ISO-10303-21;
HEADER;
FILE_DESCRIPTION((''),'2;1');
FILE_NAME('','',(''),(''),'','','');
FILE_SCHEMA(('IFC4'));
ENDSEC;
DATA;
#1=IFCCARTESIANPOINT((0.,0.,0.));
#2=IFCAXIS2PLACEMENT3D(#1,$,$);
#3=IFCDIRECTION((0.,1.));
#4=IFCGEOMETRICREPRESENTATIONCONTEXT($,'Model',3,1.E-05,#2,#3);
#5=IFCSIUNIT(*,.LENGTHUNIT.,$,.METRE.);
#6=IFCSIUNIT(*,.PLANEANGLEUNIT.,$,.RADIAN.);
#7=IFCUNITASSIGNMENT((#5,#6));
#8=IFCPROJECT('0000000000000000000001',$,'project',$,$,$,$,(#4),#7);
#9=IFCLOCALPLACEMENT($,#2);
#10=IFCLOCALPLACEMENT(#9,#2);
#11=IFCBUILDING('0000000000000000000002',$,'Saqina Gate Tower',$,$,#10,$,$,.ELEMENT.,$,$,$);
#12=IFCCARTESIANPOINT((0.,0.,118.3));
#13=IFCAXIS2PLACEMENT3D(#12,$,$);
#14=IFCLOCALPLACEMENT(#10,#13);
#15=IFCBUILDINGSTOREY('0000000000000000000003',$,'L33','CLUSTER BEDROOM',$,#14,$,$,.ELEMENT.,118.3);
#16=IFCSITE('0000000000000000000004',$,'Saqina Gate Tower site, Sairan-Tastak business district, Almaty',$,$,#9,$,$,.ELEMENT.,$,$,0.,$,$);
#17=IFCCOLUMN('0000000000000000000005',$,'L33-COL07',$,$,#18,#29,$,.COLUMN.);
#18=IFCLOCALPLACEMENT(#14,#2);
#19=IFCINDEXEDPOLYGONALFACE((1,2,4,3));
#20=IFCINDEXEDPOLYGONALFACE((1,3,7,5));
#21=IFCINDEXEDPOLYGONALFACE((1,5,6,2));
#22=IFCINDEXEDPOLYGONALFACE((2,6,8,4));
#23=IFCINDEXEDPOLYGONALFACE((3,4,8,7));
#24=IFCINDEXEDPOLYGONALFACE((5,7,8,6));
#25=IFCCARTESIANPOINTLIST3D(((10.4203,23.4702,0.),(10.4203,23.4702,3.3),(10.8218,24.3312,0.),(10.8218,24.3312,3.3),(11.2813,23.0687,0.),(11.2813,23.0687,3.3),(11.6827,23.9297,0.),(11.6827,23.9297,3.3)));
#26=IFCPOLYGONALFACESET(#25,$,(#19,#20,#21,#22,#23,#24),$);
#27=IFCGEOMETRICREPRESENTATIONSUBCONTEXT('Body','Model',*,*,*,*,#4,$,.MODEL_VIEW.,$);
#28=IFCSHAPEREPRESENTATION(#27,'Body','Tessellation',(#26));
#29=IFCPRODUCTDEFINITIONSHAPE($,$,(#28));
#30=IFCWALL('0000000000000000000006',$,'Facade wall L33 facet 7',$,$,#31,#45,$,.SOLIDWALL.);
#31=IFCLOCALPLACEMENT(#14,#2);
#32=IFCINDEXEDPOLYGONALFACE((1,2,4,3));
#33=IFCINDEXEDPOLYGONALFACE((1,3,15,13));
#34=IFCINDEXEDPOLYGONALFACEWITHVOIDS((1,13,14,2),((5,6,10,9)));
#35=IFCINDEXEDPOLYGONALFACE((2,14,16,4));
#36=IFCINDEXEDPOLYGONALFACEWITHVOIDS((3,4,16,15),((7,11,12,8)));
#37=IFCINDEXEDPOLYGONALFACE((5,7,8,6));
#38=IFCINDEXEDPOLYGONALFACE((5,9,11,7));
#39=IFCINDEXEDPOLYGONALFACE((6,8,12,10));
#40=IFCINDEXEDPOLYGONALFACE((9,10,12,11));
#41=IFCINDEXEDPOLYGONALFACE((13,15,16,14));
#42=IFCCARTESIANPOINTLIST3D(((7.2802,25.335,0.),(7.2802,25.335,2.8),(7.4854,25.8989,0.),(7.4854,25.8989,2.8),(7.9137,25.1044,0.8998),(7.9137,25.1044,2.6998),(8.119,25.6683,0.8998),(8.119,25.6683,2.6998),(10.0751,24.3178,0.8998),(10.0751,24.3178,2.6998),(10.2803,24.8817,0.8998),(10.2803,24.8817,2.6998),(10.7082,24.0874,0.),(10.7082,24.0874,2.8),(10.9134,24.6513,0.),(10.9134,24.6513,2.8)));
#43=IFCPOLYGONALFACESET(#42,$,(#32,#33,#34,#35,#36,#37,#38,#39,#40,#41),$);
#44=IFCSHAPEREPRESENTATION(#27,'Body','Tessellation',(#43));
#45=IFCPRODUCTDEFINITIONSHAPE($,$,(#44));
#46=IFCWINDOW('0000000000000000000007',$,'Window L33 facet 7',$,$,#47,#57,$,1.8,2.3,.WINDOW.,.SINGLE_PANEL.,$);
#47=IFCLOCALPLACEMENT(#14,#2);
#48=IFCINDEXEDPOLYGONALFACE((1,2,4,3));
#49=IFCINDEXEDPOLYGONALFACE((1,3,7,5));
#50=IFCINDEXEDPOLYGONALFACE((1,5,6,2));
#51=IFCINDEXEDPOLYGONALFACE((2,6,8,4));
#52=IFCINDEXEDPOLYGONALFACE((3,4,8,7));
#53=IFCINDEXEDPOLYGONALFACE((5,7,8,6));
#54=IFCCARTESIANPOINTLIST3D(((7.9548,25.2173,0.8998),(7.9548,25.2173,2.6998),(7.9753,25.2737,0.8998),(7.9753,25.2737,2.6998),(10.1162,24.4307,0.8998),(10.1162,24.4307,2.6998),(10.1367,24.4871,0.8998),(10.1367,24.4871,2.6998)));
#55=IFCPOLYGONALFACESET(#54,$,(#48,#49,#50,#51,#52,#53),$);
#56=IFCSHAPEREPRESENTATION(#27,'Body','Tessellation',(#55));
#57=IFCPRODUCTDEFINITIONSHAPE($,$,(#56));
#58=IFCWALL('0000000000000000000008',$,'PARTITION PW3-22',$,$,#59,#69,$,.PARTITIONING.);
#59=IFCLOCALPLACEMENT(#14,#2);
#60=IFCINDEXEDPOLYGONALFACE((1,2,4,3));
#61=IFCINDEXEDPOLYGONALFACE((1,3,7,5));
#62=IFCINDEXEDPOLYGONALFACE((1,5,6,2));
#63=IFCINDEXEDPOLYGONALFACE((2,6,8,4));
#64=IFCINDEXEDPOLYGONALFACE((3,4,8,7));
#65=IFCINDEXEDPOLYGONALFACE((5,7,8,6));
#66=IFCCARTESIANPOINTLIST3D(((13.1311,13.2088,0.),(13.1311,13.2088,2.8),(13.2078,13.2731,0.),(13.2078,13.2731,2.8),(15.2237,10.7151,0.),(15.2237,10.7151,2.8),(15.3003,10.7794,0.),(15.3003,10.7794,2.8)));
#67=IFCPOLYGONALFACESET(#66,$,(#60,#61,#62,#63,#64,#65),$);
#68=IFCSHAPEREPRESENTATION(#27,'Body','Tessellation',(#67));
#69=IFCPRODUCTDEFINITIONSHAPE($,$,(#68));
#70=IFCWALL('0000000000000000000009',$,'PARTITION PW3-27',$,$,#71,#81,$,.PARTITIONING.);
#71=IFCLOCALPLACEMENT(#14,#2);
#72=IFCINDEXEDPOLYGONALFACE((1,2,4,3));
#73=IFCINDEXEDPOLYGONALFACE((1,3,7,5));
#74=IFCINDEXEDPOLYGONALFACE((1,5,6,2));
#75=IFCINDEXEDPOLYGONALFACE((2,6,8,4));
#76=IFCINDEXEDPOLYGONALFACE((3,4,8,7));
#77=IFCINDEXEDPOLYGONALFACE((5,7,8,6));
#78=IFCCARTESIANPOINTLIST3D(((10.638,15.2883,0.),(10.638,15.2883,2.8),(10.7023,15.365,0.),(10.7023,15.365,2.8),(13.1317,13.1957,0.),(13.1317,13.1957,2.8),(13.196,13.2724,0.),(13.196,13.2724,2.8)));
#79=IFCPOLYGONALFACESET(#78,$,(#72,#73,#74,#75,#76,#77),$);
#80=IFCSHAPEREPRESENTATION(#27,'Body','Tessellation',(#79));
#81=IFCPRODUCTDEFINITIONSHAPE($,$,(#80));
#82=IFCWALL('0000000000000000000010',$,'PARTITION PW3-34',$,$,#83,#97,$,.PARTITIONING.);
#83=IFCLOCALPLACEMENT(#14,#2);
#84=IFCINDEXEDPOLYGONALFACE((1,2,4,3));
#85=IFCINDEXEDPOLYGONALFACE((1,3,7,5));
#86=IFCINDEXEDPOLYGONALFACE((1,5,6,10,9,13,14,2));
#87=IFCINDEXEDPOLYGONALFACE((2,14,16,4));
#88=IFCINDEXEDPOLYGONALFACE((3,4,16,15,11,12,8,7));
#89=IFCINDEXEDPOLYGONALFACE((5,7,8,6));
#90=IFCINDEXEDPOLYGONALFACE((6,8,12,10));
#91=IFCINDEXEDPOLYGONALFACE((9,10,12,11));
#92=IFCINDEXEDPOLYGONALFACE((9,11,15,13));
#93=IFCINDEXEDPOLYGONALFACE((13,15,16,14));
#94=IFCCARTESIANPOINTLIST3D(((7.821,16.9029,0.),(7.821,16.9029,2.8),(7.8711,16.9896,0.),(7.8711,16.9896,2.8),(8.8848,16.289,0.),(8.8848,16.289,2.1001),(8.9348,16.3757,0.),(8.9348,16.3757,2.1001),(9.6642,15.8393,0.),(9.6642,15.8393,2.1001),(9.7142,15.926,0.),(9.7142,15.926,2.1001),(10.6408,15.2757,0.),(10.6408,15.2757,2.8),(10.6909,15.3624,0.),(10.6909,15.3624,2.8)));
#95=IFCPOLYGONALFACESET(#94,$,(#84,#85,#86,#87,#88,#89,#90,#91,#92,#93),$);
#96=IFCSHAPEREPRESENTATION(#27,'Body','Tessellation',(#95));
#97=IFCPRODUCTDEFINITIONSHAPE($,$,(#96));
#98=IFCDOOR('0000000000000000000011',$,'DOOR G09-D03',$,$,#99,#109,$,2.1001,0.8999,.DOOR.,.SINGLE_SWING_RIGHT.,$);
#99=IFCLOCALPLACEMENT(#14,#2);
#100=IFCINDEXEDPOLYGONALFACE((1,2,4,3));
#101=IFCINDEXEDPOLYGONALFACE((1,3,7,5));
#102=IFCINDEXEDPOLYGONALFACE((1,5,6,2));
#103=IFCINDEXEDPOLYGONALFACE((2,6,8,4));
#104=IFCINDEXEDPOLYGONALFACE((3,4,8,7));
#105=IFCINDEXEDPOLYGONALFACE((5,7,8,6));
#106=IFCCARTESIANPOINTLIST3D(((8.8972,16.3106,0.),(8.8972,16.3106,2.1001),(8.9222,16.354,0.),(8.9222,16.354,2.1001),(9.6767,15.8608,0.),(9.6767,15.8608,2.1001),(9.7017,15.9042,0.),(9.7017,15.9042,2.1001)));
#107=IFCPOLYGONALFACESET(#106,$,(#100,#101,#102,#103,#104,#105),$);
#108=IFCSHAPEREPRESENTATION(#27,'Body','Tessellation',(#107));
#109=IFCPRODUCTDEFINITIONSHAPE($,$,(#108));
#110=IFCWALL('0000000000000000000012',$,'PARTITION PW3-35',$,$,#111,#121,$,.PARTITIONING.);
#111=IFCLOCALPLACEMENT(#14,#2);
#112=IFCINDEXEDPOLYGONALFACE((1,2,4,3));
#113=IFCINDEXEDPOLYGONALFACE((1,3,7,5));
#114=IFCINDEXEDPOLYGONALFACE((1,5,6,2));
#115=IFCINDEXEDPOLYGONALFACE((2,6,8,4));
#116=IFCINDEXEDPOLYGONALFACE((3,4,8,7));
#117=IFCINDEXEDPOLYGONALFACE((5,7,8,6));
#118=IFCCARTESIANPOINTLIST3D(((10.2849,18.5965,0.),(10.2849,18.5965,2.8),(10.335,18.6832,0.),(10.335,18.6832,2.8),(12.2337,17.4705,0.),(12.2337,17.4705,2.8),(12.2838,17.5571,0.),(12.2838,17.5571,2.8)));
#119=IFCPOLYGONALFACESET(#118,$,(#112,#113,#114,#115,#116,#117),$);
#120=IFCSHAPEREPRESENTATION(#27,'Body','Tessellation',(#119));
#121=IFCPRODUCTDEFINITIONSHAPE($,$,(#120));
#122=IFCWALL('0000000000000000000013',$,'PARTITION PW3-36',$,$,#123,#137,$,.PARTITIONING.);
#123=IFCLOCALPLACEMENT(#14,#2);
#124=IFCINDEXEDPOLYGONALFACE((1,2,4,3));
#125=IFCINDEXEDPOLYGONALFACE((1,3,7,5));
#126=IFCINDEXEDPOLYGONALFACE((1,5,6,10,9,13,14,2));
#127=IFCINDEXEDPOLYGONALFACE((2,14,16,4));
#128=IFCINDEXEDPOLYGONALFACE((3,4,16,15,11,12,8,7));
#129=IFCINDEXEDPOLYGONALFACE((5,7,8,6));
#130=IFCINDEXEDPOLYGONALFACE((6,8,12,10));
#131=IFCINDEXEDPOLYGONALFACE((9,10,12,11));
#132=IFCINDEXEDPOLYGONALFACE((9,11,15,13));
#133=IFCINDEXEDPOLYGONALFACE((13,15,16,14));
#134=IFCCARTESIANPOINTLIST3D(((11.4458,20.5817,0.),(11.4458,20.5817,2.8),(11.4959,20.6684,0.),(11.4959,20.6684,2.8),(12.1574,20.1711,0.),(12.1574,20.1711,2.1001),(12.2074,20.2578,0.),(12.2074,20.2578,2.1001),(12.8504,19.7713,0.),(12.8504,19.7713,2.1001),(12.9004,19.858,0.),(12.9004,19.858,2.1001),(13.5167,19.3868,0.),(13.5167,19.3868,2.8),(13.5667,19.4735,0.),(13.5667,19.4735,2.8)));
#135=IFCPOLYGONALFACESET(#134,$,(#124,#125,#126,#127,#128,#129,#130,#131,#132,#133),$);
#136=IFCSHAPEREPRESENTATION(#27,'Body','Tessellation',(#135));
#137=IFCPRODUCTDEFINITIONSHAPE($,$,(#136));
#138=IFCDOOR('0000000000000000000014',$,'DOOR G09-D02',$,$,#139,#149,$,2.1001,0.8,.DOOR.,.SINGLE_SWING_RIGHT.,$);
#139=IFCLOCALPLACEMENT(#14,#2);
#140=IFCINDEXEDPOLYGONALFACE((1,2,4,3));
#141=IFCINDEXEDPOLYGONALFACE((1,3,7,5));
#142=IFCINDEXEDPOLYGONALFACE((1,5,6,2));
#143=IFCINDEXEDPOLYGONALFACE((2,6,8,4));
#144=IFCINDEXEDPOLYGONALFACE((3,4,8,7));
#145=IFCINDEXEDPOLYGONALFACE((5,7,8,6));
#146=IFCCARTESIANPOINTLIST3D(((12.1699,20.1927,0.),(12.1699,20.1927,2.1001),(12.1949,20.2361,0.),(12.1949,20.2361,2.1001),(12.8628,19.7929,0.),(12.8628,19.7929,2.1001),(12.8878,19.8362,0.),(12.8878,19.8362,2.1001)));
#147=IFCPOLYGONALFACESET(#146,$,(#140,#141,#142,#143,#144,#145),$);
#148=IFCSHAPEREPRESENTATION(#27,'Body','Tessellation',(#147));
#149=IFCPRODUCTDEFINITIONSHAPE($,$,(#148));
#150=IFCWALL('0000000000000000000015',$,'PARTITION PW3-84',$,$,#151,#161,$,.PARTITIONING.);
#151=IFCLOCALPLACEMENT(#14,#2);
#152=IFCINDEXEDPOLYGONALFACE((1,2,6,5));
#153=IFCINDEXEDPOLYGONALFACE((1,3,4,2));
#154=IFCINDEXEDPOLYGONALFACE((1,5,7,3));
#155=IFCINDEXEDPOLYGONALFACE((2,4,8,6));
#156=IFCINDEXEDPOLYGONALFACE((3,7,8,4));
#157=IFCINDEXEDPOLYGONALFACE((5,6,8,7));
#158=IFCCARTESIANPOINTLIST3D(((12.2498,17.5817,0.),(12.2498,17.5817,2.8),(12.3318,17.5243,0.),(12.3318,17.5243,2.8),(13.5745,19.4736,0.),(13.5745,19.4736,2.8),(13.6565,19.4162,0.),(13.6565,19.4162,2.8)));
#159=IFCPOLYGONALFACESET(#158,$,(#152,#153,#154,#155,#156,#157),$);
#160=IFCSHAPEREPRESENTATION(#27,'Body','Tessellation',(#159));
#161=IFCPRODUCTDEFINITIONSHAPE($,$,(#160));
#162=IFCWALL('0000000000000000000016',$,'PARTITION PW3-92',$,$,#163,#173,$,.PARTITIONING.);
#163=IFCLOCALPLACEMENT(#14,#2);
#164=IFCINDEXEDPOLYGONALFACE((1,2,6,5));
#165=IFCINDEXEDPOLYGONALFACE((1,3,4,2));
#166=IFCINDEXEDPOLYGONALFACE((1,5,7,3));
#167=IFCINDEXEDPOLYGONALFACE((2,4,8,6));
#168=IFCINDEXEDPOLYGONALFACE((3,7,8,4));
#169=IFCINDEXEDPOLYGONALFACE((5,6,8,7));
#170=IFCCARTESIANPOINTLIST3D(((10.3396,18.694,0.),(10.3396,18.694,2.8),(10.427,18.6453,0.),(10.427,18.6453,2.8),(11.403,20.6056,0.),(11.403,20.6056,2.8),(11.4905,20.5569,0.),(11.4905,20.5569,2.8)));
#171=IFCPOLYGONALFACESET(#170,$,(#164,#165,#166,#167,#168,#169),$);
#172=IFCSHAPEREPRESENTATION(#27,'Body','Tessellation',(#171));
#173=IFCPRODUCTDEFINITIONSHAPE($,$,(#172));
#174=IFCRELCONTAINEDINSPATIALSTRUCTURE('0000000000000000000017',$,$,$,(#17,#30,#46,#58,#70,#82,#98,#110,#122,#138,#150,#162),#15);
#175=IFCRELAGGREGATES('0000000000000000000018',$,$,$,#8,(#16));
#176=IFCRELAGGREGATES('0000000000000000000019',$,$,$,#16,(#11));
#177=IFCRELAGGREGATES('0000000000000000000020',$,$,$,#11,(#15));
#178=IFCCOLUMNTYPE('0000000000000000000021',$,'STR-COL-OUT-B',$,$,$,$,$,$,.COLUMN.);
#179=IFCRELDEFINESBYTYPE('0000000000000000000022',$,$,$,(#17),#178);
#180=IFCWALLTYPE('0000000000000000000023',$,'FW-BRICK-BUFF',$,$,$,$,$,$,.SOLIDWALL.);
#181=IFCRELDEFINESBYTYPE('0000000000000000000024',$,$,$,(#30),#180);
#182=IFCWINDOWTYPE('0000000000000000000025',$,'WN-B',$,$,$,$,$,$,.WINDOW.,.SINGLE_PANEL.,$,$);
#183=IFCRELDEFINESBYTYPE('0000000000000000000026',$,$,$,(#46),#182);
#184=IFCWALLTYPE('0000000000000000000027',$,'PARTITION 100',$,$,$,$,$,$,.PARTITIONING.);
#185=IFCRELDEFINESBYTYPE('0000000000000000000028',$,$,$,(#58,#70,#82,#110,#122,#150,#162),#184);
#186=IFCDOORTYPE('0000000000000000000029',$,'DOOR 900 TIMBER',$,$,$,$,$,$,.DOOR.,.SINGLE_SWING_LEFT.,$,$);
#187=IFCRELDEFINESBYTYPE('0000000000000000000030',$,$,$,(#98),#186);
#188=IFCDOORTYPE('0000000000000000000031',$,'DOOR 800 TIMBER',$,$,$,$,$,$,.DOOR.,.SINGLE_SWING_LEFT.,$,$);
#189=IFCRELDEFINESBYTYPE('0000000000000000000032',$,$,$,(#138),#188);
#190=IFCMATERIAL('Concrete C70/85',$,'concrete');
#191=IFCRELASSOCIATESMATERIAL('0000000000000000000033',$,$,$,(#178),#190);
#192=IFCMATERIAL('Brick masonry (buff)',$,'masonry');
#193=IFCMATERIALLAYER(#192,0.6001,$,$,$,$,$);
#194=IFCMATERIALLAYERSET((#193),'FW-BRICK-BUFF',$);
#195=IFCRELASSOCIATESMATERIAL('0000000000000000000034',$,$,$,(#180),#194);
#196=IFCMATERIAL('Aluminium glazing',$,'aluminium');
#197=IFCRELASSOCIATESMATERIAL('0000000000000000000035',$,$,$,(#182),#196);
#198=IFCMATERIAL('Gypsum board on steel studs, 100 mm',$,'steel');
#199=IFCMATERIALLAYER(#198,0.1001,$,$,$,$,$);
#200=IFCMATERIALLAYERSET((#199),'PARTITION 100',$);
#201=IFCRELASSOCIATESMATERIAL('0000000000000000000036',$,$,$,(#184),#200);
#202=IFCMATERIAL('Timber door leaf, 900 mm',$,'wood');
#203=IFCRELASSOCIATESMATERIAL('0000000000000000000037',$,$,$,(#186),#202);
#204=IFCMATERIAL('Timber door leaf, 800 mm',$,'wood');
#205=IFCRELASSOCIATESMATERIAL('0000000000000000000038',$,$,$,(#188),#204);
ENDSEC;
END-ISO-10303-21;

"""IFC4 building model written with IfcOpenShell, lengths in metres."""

from ifc_helpers import new_model, si_unit, direction, frame, frame_2d, origin, origin_2d, place, context, subcontext, project, spatial, rectangle, extrude, material, layer, layer_set, material_profile, profile_set, type_object, element, fill, save


model = new_model("IFC4")

# Units and contexts
model_context = context("Model", 3, precision=1e-05, world=origin(), true_north=direction((0.0, 1.0)))
body_context = subcontext(model_context, "Body", "Model", "MODEL_VIEW")
ifc_project = project(units=[si_unit("LENGTHUNIT", "METRE"), si_unit("PLANEANGLEUNIT", "RADIAN")], contexts=[model_context])

# Site, building, storey
site_placement = place(None, origin())
site = spatial("IfcSite", under=ifc_project, at=site_placement, Name="Saqina Gate Tower site, Sairan-Tastak business district, Almaty", CompositionType="ELEMENT", RefElevation=0.0)
building_placement = place(site_placement, origin())
building = spatial("IfcBuilding", under=site, at=building_placement, Name="Saqina Gate Tower", CompositionType="ELEMENT")
storey_placement = place(building_placement, frame((0.0, 0.0, 118.3)))
storey = spatial("IfcBuildingStorey", under=building, at=storey_placement, Name="L33", Description="CLUSTER BEDROOM", CompositionType="ELEMENT", Elevation=118.3)

# Column
ifc_material_1 = material(Name="Concrete C70/85", Category="concrete")
ifc_material_profile = material_profile(ifc_material_1, rectangle(XDim=0.95, YDim=0.95, at=origin_2d()), Name="RC 950x950")
ifc_profile_set = profile_set([ifc_material_profile], Name="Concrete C70/85")
column_type = type_object("IfcColumnType", Name="STR-COL-OUT-B", PredefinedType="COLUMN", material=ifc_profile_set)
column_placement = place(storey_placement, frame((11.0515, 23.7, 0.0), z_axis=(0.0, 0.0, 1.0), x_axis=(0.422618, 0.906308, 0.0)))
element("IfcColumn", 1, at=column_placement, inside=storey, type_object=column_type, Name="L33-COL07", PredefinedType="COLUMN", context=body_context, shape_type="SweptSolid", body=[
    extrude(rectangle(XDim=0.95, YDim=0.95, at=origin_2d()), origin(), (0.0, 0.0, 1.0), 3.3),
])

# Wall, opening, window
ifc_material_2 = material(Name="Brick masonry (buff)", Category="masonry")
ifc_layer_1 = layer(ifc_material_2, 0.6001)
ifc_layer_set_1 = layer_set([ifc_layer_1], Name="FW-BRICK-BUFF")
wall_type_1 = type_object("IfcWallType", Name="FW-BRICK-BUFF", PredefinedType="SOLIDWALL", material=ifc_layer_set_1)
wall_1_placement = place(storey_placement, frame((10.8108, 24.3694, 0.0), z_axis=(0.0, 0.0, 1.0), x_axis=(-0.939704, 0.34199, 0.0)))
wall_1 = element("IfcWall", 2, at=wall_1_placement, inside=storey, type_object=wall_type_1, Name="Facade wall L33 facet 7", PredefinedType="SOLIDWALL", context=body_context, shape_type="SweptSolid", body=[
    extrude(rectangle(XDim=3.6479, YDim=0.6001, at=frame_2d((1.824, 0.0))), origin(), (0.0, 0.0, 1.0), 2.8),
])
opening_1_placement = place(wall_1_placement, frame((0.6738, 0.0, 0.8999)))
opening_1 = element("IfcOpeningElement", 3, at=opening_1_placement, cuts=wall_1, PredefinedType="OPENING", context=body_context, shape_type="SweptSolid", body=[
    extrude(rectangle(XDim=2.3, YDim=1.8, at=frame_2d((1.1499, 0.8999))), frame((0.0, 0.312, 0.0), z_axis=(0.0, -1.0, 0.0), x_axis=(1.0, 0.0, 0.0)), (0.0, 0.0, 1.0), 0.624),
])
ifc_material_3 = material(Name="Aluminium glazing", Category="aluminium")
window_type = type_object("IfcWindowType", Name="WN-B", PartitioningType="SINGLE_PANEL", PredefinedType="WINDOW", material=ifc_material_3)
window_placement = place(opening_1_placement, origin())
window = element("IfcWindow", 4, at=window_placement, inside=storey, type_object=window_type, Name="Window L33 facet 7", OverallHeight=1.8, OverallWidth=2.3, PartitioningType="SINGLE_PANEL", PredefinedType="WINDOW", context=body_context, shape_type="SweptSolid", body=[
    extrude(rectangle(XDim=2.3, YDim=1.8, at=frame_2d((1.1499, 0.8999))), frame((0.0, 0.1799, 0.0), z_axis=(0.0, -1.0, 0.0), x_axis=(1.0, 0.0, 0.0)), (0.0, 0.0, 1.0), 0.0601),
])
fill(opening_1, window)

# Walls
ifc_material_4 = material(Name="Gypsum board on steel studs, 100 mm", Category="steel")
ifc_layer_2 = layer(ifc_material_4, 0.1001)
ifc_layer_set_2 = layer_set([ifc_layer_2], Name="PARTITION 100")
wall_type_2 = type_object("IfcWallType", Name="PARTITION 100", PredefinedType="PARTITIONING", material=ifc_layer_set_2)
for number, where, z_axis, x_axis, name in (
    (5, (13.1694, 13.241, 0.0), (0.0, 0.0, 1.0), (0.642807, -0.766028, 0.0), "PARTITION PW3-22"),
    (6, (10.6702, 15.3267, 0.0), (0.0, 0.0, 1.0), (0.766028, -0.642807, 0.0), "PARTITION PW3-27"),
):
    element("IfcWall", number, at=place(storey_placement, frame(where, z_axis=z_axis, x_axis=x_axis)), inside=storey, type_object=wall_type_2, Name=name, PredefinedType="PARTITIONING", context=body_context, shape_type="SweptSolid", body=[
        extrude(rectangle(XDim=3.2554, YDim=0.1001, at=frame_2d((1.6277, 0.0))), origin(), (0.0, 0.0, 1.0), 2.8),
    ])

# Wall, opening, door
wall_2_placement = place(storey_placement, frame((7.8459, 16.9463, 0.0), z_axis=(0.0, 0.0, 1.0), x_axis=(0.866136, -0.499809, 0.0)))
wall_2 = element("IfcWall", 7, at=wall_2_placement, inside=storey, type_object=wall_type_2, Name="PARTITION PW3-34", PredefinedType="PARTITIONING", context=body_context, shape_type="SweptSolid", body=[
    extrude(rectangle(XDim=3.2556, YDim=0.1001, at=frame_2d((1.6279, 0.0))), origin(), (0.0, 0.0, 1.0), 2.8),
])
opening_2_placement = place(wall_2_placement, frame((1.2283, 0.0, 0.0)))
opening_2 = element("IfcOpeningElement", 8, at=opening_2_placement, cuts=wall_2, PredefinedType="OPENING", context=body_context, shape_type="SweptSolid", body=[
    extrude(rectangle(XDim=0.8999, YDim=2.1001, at=frame_2d((0.45, 1.05))), frame((0.0, 0.062, 0.0), z_axis=(0.0, -1.0, 0.0), x_axis=(1.0, 0.0, 0.0)), (0.0, 0.0, 1.0), 0.124),
])
ifc_material_5 = material(Name="Timber door leaf, 900 mm", Category="wood")
door_type_1 = type_object("IfcDoorType", Name="DOOR 900 TIMBER", OperationType="SINGLE_SWING_LEFT", PredefinedType="DOOR", material=ifc_material_5)
door_1_placement = place(opening_2_placement, origin())
door_1 = element("IfcDoor", 9, at=door_1_placement, inside=storey, type_object=door_type_1, Name="DOOR G09-D03", OperationType="SINGLE_SWING_RIGHT", OverallHeight=2.1001, OverallWidth=0.8999, PredefinedType="DOOR", context=body_context, shape_type="SweptSolid", body=[
    extrude(rectangle(XDim=0.8999, YDim=2.1001, at=frame_2d((0.45, 1.05))), frame((0.0, 0.0249, 0.0), z_axis=(0.0, -1.0, 0.0), x_axis=(1.0, 0.0, 0.0)), (0.0, 0.0, 1.0), 0.05),
])
fill(opening_2, door_1)

# Wall
wall_3_placement = place(storey_placement, frame((10.3098, 18.6399, 0.0), z_axis=(0.0, 0.0, 1.0), x_axis=(0.865857, -0.500292, 0.0)))
element("IfcWall", 10, at=wall_3_placement, inside=storey, type_object=wall_type_2, Name="PARTITION PW3-35", PredefinedType="PARTITIONING", context=body_context, shape_type="SweptSolid", body=[
    extrude(rectangle(XDim=2.2507, YDim=0.1001, at=frame_2d((1.1255, 0.0))), origin(), (0.0, 0.0, 1.0), 2.8),
])

# Wall, opening, door
wall_4_placement = place(storey_placement, frame((11.4709, 20.625, 0.0), z_axis=(0.0, 0.0, 1.0), x_axis=(0.866162, -0.499764, 0.0)))
wall_4 = element("IfcWall", 11, at=wall_4_placement, inside=storey, type_object=wall_type_2, Name="PARTITION PW3-36", PredefinedType="PARTITIONING", context=body_context, shape_type="SweptSolid", body=[
    extrude(rectangle(XDim=2.3909, YDim=0.1001, at=frame_2d((1.1953, 0.0))), origin(), (0.0, 0.0, 1.0), 2.8),
])
opening_3_placement = place(wall_4_placement, frame((0.8215, 0.0, 0.0)))
opening_3 = element("IfcOpeningElement", 12, at=opening_3_placement, cuts=wall_4, PredefinedType="OPENING", context=body_context, shape_type="SweptSolid", body=[
    extrude(rectangle(XDim=0.8, YDim=2.1001, at=frame_2d((0.3999, 1.05))), frame((0.0, 0.062, 0.0), z_axis=(0.0, -1.0, 0.0), x_axis=(1.0, 0.0, 0.0)), (0.0, 0.0, 1.0), 0.124),
])
ifc_material_6 = material(Name="Timber door leaf, 800 mm", Category="wood")
door_type_2 = type_object("IfcDoorType", Name="DOOR 800 TIMBER", OperationType="SINGLE_SWING_LEFT", PredefinedType="DOOR", material=ifc_material_6)
door_2_placement = place(opening_3_placement, origin())
door_2 = element("IfcDoor", 13, at=door_2_placement, inside=storey, type_object=door_type_2, Name="DOOR G09-D02", OperationType="SINGLE_SWING_RIGHT", OverallHeight=2.1001, OverallWidth=0.8, PredefinedType="DOOR", context=body_context, shape_type="SweptSolid", body=[
    extrude(rectangle(XDim=0.8, YDim=2.1001, at=frame_2d((0.3999, 1.05))), frame((0.0, 0.0249, 0.0), z_axis=(0.0, -1.0, 0.0), x_axis=(1.0, 0.0, 0.0)), (0.0, 0.0, 1.0), 0.05),
])
fill(opening_3, door_2)

# Walls
wall_5_placement = place(storey_placement, frame((12.2908, 17.553, 0.0), z_axis=(0.0, 0.0, 1.0), x_axis=(0.573583, 0.819147, 0.0)))
element("IfcWall", 14, at=wall_5_placement, inside=storey, type_object=wall_type_2, Name="PARTITION PW3-84", PredefinedType="PARTITIONING", context=body_context, shape_type="SweptSolid", body=[
    extrude(rectangle(XDim=2.3096, YDim=0.1001, at=frame_2d((1.1548, 0.0))), origin(), (0.0, 0.0, 1.0), 2.8),
])
wall_6_placement = place(storey_placement, frame((10.3833, 18.6697, 0.0), z_axis=(0.0, 0.0, 1.0), x_axis=(0.486155, 0.873873, 0.0)))
element("IfcWall", 15, at=wall_6_placement, inside=storey, type_object=wall_type_2, Name="PARTITION PW3-92", PredefinedType="PARTITIONING", context=body_context, shape_type="SweptSolid", body=[
    extrude(rectangle(XDim=2.1875, YDim=0.1001, at=frame_2d((1.0938, 0.0))), origin(), (0.0, 0.0, 1.0), 2.8),
])

save(model, "model.ifc")
